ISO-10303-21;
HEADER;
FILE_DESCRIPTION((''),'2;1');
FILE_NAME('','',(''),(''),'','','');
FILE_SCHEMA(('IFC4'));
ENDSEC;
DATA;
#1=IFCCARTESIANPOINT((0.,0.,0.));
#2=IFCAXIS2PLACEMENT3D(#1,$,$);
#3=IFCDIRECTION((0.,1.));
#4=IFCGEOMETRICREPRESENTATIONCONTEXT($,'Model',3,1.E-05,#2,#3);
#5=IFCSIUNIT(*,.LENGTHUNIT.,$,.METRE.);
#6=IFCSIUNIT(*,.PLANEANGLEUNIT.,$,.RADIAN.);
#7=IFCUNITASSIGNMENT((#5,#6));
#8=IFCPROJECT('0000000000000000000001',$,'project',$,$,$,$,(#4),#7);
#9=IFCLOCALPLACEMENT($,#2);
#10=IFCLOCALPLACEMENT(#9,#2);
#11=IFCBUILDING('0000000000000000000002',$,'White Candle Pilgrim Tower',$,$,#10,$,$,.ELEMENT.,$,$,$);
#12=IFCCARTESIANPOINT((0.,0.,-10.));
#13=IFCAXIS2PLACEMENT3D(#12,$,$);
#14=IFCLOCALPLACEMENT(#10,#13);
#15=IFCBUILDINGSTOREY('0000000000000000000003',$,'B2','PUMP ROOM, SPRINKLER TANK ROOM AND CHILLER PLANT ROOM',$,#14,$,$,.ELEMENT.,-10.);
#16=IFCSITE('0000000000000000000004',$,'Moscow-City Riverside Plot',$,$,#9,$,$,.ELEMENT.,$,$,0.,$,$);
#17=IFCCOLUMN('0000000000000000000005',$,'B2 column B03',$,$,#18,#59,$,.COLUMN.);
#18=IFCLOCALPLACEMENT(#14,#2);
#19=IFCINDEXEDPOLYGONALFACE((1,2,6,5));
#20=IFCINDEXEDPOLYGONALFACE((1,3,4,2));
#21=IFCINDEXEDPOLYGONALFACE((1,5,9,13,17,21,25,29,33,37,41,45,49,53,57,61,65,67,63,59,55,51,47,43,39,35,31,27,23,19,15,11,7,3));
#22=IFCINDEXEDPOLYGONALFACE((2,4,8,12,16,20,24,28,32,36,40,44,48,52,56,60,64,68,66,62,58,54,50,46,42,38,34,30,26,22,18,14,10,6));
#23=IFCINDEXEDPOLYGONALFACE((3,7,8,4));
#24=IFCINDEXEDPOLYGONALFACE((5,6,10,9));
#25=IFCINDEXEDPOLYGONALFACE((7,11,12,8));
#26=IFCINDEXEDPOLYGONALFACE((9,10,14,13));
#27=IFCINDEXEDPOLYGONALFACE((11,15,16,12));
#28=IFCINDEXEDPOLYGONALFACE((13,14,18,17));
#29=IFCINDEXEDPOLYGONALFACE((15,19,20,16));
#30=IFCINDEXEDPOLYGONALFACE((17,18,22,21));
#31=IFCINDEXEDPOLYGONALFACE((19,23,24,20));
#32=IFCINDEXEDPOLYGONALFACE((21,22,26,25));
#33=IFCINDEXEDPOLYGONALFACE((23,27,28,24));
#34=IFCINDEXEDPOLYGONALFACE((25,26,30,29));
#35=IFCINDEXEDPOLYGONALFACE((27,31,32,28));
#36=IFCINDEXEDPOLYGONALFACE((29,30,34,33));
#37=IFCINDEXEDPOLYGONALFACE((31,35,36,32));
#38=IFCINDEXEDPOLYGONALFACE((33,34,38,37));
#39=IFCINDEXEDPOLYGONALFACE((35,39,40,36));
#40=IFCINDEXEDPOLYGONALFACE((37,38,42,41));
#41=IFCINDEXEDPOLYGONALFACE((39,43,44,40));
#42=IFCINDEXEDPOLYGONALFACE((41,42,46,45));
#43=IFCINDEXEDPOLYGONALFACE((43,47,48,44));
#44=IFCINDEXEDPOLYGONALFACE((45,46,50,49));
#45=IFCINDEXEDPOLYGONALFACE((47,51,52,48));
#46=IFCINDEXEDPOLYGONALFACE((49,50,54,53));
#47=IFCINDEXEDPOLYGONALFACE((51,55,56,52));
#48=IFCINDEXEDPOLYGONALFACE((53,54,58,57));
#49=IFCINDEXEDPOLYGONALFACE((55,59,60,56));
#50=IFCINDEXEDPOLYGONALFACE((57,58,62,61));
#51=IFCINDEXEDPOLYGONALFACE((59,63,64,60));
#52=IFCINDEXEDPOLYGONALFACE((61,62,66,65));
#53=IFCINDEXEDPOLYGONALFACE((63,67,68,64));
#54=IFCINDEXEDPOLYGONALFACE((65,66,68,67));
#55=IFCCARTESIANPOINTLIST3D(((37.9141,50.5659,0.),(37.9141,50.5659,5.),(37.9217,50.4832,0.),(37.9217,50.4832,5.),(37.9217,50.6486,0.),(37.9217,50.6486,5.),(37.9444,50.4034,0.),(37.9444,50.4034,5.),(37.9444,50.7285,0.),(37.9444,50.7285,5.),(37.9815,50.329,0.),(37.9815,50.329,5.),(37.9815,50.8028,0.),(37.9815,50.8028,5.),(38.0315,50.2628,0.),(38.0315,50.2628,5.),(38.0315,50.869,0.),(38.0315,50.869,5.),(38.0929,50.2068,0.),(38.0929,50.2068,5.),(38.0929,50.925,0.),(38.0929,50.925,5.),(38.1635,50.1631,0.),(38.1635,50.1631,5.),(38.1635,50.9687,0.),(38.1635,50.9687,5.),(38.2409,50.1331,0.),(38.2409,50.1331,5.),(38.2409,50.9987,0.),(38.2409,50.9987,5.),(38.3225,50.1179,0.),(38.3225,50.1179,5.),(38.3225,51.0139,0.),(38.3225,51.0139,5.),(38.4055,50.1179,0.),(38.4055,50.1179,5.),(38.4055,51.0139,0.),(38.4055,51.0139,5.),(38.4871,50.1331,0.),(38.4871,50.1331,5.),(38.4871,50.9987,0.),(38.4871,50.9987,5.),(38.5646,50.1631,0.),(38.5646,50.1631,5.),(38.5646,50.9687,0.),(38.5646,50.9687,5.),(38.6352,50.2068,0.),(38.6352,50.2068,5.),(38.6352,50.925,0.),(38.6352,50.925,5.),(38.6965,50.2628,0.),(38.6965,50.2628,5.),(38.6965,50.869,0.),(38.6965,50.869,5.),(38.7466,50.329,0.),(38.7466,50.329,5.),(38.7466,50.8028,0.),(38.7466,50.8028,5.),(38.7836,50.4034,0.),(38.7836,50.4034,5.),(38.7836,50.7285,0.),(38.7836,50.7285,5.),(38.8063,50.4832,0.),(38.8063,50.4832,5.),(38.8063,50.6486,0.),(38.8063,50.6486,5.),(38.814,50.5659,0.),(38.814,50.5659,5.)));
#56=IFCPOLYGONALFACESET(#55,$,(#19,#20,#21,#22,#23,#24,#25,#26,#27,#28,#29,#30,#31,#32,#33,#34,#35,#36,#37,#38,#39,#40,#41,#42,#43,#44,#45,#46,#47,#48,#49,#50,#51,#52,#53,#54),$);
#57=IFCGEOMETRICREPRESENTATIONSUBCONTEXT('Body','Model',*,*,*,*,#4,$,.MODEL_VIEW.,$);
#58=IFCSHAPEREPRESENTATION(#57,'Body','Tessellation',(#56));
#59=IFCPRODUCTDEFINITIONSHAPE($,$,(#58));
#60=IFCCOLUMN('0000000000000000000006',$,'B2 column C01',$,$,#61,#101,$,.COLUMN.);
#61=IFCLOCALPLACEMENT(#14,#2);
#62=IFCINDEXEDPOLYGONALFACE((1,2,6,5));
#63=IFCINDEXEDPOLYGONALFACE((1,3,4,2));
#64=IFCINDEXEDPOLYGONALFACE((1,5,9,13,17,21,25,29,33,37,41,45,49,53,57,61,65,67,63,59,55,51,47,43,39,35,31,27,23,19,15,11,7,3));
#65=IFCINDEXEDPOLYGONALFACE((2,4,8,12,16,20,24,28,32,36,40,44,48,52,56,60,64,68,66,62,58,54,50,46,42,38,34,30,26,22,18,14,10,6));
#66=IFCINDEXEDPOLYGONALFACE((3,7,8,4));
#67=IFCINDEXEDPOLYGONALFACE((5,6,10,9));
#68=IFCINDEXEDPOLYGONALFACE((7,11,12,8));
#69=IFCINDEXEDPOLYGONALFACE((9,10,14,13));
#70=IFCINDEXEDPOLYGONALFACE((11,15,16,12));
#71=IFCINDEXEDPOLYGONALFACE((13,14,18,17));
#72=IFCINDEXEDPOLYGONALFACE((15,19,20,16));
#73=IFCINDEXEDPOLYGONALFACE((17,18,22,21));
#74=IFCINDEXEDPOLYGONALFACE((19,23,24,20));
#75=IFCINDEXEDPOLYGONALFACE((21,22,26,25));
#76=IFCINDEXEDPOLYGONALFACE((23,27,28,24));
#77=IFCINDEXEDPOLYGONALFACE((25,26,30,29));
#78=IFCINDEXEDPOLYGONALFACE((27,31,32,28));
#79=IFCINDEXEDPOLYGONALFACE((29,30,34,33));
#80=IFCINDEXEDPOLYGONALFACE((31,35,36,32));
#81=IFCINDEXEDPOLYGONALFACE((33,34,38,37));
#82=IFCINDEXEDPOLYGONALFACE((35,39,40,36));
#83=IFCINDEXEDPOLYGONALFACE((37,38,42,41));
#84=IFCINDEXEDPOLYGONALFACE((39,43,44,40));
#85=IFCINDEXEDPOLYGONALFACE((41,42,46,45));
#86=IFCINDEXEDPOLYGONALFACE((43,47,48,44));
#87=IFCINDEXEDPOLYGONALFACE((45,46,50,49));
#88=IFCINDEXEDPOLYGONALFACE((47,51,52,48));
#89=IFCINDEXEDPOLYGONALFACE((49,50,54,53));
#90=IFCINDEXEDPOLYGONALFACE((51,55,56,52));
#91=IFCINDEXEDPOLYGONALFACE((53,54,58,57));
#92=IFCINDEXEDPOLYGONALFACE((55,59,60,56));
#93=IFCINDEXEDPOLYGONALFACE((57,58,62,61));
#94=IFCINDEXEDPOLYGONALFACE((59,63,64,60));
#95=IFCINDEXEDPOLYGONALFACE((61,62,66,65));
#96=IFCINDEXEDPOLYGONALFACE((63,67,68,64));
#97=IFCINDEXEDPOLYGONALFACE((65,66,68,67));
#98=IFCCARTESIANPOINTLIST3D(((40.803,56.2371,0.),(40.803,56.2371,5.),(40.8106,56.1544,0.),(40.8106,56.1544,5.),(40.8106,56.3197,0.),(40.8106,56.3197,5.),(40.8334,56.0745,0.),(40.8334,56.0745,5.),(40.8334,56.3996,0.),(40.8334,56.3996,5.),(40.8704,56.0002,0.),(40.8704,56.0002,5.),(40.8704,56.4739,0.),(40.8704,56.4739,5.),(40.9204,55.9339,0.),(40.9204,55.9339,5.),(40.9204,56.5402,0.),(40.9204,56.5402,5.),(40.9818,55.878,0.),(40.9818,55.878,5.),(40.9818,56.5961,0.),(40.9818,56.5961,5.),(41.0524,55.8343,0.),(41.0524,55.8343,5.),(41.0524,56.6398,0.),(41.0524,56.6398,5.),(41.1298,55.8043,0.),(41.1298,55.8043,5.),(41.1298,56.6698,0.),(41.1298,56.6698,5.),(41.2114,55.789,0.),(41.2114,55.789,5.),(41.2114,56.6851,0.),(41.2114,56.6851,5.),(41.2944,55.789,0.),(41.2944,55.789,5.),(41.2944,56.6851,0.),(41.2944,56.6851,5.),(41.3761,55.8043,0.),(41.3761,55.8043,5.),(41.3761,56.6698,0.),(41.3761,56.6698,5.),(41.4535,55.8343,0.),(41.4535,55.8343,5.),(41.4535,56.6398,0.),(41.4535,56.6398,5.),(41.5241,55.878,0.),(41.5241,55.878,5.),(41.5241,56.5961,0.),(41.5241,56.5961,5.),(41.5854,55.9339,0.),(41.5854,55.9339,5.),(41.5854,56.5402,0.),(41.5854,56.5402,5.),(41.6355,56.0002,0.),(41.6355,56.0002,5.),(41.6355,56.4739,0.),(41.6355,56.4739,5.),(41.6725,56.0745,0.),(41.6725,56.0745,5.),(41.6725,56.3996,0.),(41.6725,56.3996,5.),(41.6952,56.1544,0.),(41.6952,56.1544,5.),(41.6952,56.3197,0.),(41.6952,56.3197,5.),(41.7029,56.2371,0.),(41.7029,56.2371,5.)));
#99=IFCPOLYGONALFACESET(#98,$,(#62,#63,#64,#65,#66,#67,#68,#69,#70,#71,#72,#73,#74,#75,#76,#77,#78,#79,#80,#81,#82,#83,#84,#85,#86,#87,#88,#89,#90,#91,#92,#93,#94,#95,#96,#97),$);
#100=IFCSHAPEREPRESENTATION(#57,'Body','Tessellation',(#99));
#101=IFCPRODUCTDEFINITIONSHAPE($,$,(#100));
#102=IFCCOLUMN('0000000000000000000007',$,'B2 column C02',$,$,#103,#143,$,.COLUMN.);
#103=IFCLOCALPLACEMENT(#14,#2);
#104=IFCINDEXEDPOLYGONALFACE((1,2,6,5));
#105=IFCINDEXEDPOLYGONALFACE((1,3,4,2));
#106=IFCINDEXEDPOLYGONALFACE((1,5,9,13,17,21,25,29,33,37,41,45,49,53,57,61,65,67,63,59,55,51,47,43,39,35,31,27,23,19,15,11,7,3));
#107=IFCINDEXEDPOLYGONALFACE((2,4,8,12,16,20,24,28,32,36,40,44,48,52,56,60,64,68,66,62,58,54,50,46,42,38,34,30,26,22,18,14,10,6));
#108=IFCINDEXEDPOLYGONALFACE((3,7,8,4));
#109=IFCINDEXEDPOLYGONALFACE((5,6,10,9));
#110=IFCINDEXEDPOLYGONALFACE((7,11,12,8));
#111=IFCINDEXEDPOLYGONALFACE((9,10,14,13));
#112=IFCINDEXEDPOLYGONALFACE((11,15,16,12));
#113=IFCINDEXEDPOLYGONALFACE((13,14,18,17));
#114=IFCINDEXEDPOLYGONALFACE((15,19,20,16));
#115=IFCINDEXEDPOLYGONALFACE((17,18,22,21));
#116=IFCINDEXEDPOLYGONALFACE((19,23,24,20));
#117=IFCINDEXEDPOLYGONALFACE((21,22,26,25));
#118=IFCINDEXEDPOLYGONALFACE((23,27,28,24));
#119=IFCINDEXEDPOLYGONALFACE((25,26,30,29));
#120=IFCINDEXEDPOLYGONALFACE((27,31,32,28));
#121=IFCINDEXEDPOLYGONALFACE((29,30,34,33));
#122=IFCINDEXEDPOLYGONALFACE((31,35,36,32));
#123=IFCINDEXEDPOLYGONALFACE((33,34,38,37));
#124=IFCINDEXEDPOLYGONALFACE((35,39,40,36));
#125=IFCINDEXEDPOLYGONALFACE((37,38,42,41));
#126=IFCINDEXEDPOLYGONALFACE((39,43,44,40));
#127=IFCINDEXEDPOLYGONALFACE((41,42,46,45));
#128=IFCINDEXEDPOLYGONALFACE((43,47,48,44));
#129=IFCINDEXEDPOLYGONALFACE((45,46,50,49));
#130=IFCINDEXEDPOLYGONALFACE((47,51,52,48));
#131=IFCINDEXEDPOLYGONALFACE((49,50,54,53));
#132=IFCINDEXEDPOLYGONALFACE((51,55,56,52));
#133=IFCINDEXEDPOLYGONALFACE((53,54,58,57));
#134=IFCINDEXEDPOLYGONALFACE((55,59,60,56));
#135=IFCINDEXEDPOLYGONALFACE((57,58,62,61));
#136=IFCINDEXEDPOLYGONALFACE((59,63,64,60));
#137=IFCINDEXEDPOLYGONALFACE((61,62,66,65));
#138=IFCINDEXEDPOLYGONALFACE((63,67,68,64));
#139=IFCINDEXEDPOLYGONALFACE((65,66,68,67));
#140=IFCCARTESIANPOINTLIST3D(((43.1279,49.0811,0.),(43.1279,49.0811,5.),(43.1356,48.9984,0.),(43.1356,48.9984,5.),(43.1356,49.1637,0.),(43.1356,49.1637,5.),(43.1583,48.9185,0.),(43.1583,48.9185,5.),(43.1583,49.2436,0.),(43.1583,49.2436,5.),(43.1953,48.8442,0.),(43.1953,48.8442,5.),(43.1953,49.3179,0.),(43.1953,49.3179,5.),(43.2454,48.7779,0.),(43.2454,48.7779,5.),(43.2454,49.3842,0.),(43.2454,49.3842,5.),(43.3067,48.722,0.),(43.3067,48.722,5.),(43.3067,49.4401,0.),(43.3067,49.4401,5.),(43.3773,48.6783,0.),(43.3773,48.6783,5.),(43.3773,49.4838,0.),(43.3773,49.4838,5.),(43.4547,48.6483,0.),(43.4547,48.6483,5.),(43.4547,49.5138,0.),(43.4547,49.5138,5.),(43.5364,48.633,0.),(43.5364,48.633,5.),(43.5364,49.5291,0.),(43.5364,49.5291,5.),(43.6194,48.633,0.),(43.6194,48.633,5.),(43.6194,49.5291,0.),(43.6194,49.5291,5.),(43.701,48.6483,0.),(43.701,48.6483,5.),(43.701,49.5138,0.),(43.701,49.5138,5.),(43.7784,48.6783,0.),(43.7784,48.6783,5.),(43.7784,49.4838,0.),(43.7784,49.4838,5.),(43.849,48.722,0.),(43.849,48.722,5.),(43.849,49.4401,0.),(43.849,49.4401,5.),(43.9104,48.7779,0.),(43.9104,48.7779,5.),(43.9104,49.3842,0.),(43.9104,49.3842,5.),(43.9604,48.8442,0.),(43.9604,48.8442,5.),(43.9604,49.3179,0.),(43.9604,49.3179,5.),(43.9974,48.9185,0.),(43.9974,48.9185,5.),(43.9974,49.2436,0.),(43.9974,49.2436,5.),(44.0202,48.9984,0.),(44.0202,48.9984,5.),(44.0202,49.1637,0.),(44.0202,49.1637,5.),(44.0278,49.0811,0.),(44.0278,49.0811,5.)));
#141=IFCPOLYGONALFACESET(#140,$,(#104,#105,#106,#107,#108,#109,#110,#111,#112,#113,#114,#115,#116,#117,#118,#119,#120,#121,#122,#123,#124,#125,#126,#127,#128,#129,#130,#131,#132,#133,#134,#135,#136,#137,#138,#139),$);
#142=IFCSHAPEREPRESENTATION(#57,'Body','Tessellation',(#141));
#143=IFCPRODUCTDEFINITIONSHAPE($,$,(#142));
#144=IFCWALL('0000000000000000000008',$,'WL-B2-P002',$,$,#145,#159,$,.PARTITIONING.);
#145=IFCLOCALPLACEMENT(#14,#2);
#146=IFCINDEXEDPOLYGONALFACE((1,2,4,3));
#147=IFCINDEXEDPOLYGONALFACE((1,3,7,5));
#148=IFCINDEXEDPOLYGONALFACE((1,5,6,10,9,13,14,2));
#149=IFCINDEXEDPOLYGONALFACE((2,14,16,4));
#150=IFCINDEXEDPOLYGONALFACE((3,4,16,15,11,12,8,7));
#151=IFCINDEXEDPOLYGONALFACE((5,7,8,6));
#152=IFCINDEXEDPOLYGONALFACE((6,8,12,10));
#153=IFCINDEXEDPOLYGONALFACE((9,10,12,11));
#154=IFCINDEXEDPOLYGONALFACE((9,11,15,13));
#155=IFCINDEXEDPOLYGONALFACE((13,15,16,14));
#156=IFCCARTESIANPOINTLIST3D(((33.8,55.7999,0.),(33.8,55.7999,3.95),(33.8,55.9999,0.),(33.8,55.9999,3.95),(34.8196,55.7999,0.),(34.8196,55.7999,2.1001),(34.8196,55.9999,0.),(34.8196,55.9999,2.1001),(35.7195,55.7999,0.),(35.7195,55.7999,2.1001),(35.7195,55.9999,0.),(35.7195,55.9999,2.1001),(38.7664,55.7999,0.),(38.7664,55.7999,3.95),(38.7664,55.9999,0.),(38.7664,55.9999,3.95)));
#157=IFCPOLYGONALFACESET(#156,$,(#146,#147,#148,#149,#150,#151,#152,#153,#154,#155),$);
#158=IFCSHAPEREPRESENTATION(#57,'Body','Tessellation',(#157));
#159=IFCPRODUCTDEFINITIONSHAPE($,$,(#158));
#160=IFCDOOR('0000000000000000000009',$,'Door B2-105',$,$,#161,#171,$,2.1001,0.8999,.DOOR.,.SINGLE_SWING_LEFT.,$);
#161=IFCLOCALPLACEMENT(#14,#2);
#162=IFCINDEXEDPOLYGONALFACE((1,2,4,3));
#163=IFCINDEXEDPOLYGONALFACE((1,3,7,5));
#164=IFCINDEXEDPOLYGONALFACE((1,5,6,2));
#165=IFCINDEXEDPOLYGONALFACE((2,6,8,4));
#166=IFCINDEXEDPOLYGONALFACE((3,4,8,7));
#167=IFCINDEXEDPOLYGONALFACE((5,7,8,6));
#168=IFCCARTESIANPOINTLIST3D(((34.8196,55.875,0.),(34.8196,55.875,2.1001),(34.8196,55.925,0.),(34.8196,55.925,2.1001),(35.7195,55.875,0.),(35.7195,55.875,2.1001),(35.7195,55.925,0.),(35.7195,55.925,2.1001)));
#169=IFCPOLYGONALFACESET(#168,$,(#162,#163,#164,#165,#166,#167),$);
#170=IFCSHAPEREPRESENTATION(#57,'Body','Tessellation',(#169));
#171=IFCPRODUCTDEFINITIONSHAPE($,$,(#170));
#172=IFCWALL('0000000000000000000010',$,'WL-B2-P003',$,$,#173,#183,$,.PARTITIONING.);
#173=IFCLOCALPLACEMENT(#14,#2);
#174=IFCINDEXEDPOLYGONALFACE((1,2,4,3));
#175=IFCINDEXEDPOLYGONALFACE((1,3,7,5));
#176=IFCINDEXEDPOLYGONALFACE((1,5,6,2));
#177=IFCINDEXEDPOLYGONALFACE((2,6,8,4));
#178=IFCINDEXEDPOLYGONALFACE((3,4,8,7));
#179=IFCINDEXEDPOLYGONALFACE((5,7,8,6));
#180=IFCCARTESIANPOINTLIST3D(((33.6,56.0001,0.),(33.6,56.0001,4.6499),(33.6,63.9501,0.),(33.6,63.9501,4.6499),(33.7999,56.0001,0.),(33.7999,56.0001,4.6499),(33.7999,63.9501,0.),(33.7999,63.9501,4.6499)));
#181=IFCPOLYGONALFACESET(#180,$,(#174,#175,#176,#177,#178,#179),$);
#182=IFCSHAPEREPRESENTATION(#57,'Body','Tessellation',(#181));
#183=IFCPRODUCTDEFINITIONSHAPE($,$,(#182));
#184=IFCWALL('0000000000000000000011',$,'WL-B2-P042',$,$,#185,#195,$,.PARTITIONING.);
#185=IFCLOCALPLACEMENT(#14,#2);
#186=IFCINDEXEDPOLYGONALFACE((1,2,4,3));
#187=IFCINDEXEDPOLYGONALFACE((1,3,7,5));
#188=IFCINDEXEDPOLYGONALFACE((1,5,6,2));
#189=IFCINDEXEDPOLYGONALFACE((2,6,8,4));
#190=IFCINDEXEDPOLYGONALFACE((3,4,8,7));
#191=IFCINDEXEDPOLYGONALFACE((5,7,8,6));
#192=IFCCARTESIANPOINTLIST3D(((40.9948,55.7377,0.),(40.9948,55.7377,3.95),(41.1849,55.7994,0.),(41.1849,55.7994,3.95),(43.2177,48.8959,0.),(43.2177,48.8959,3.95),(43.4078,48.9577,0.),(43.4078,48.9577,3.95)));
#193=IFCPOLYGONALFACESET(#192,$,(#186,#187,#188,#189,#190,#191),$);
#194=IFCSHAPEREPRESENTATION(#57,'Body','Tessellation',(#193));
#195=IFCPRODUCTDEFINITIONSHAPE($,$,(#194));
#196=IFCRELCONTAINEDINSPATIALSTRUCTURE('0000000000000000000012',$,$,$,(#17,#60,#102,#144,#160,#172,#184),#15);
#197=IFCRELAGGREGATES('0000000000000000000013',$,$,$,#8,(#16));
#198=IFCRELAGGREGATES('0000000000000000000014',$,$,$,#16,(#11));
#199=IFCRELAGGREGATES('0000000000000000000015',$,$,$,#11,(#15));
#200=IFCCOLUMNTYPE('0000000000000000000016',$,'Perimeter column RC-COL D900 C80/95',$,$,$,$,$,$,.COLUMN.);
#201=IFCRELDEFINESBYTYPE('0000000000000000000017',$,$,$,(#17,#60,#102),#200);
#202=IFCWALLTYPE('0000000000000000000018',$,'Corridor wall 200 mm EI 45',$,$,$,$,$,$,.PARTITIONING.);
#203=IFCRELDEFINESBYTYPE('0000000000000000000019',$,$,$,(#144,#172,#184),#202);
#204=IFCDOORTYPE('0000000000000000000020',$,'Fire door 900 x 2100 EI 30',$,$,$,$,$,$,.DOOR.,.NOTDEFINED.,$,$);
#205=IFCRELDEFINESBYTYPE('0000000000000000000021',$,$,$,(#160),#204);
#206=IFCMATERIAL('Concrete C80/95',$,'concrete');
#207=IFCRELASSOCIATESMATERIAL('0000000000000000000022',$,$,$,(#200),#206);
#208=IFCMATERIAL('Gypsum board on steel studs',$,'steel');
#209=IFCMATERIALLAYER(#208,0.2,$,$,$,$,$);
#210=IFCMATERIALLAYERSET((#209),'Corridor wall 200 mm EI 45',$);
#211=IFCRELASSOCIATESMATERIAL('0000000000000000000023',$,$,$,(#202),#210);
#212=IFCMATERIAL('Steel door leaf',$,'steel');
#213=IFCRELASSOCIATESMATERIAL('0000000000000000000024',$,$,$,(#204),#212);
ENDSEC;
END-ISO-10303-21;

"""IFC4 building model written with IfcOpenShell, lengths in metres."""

from ifc_helpers import new_model, si_unit, direction, frame, frame_2d, origin, origin_2d, place, context, subcontext, project, spatial, rectangle, circle, extrude, material, layer, layer_set, material_profile, profile_set, type_object, element, fill, save


model = new_model("IFC4")

# Units and contexts
model_context = context("Model", 3, precision=1e-05, world=origin(), true_north=direction((0.0, 1.0)))
body_context = subcontext(model_context, "Body", "Model", "MODEL_VIEW")
ifc_project = project(units=[si_unit("LENGTHUNIT", "METRE"), si_unit("PLANEANGLEUNIT", "RADIAN")], contexts=[model_context])

# Site, building, storey
site_placement = place(None, origin())
site = spatial("IfcSite", under=ifc_project, at=site_placement, Name="Moscow-City Riverside Plot", CompositionType="ELEMENT", RefElevation=0.0)
building_placement = place(site_placement, origin())
building = spatial("IfcBuilding", under=site, at=building_placement, Name="White Candle Pilgrim Tower", CompositionType="ELEMENT")
storey_placement = place(building_placement, frame((0.0, 0.0, -10.0)))
storey = spatial("IfcBuildingStorey", under=building, at=storey_placement, Name="B2", Description="PUMP ROOM, SPRINKLER TANK ROOM AND CHILLER PLANT ROOM", CompositionType="ELEMENT", Elevation=-10.0)

# Columns
ifc_material_1 = material(Name="Concrete C80/95", Category="concrete")
ifc_material_profile_1 = material_profile(ifc_material_1, circle(Radius=0.45, at=origin_2d()), Name="RC-COL D900")
ifc_profile_set_1 = profile_set([ifc_material_profile_1], Name="Concrete C80/95")
column_type_1 = type_object("IfcColumnType", Name="Perimeter column RC-COL D900 C80/95", PredefinedType="COLUMN", material=ifc_profile_set_1)
for number, where, z_axis, x_axis, name in (
    (1, (38.364, 50.5659, 0.0), (0.0, 0.0, 1.0), (1.0, 0.0, 0.0), "B2 column B03"),
    (2, (41.2529, 56.2371, 0.0), (0.0, 0.0, 1.0), (1.0, 0.0, 0.0), "B2 column C01"),
    (3, (43.5779, 49.0811, 0.0), (0.0, 0.0, 1.0), (1.0, 0.0, 0.0), "B2 column C02"),
):
    element("IfcColumn", number, at=place(storey_placement, frame(where, z_axis=z_axis, x_axis=x_axis)), inside=storey, type_object=column_type_1, Name=name, PredefinedType="COLUMN", context=body_context, shape_type="SweptSolid", body=[
        extrude(circle(Radius=0.45, at=origin_2d()), origin(), (0.0, 0.0, 1.0), 5.0),
    ])

# Wall, opening, door
ifc_material_2 = material(Name="Gypsum board on steel studs", Category="steel")
ifc_layer_1 = layer(ifc_material_2, 0.2)
ifc_layer_set_1 = layer_set([ifc_layer_1], Name="Corridor wall 200 mm EI 45")
wall_type_1 = type_object("IfcWallType", Name="Corridor wall 200 mm EI 45", PredefinedType="PARTITIONING", material=ifc_layer_set_1)
wall_1_placement = place(storey_placement, frame((38.7664, 55.8999, 0.0), z_axis=(0.0, 0.0, 1.0), x_axis=(-1.0, 0.0, 0.0)))
wall_1 = element("IfcWall", 4, at=wall_1_placement, inside=storey, type_object=wall_type_1, Name="WL-B2-P002", PredefinedType="PARTITIONING", context=body_context, shape_type="SweptSolid", body=[
    extrude(rectangle(XDim=4.9663, YDim=0.2, at=frame_2d((2.4832, 0.0))), origin(), (0.0, 0.0, 1.0), 3.95),
])
opening_1_placement = place(wall_1_placement, frame((3.0469, 0.0, 0.0)))
opening_1 = element("IfcOpeningElement", 5, at=opening_1_placement, cuts=wall_1, PredefinedType="OPENING", context=body_context, shape_type="SweptSolid", body=[
    extrude(rectangle(XDim=0.8999, YDim=2.1001, at=frame_2d((0.45, 1.05))), frame((0.0, 0.1099, 0.0), z_axis=(0.0, -1.0, 0.0), x_axis=(1.0, 0.0, 0.0)), (0.0, 0.0, 1.0), 0.22),
])
ifc_material_3 = material(Name="Steel door leaf", Category="steel")
door_type = type_object("IfcDoorType", Name="Fire door 900 x 2100 EI 30", OperationType="NOTDEFINED", PredefinedType="DOOR", material=ifc_material_3)
door_1_placement = place(opening_1_placement, origin())
door_1 = element("IfcDoor", 6, at=door_1_placement, inside=storey, type_object=door_type, Name="Door B2-105", OperationType="SINGLE_SWING_LEFT", OverallHeight=2.1001, OverallWidth=0.8999, PredefinedType="DOOR", context=body_context, shape_type="SweptSolid", body=[
    extrude(rectangle(XDim=0.8999, YDim=2.1001, at=frame_2d((0.45, 1.05))), frame((0.0, 0.0249, 0.0), z_axis=(0.0, -1.0, 0.0), x_axis=(1.0, 0.0, 0.0)), (0.0, 0.0, 1.0), 0.05),
])
fill(opening_1, door_1)

# Walls
wall_2_placement = place(storey_placement, frame((33.7, 56.0, 0.0), z_axis=(0.0, 0.0, 1.0), x_axis=(0.0, 1.0, 0.0)))
element("IfcWall", 7, at=wall_2_placement, inside=storey, type_object=wall_type_1, Name="WL-B2-P003", PredefinedType="PARTITIONING", context=body_context, shape_type="SweptSolid", body=[
    extrude(rectangle(XDim=7.95, YDim=0.2, at=frame_2d((3.9751, 0.0))), origin(), (0.0, 0.0, 1.0), 4.6499),
])
wall_3_placement = place(storey_placement, frame((41.0898, 55.7686, 0.0), z_axis=(0.0, 0.0, 1.0), x_axis=(0.309, -0.951062, 0.0)))
element("IfcWall", 8, at=wall_3_placement, inside=storey, type_object=wall_type_1, Name="WL-B2-P042", PredefinedType="PARTITIONING", context=body_context, shape_type="SweptSolid", body=[
    extrude(rectangle(XDim=7.1938, YDim=0.2, at=frame_2d((3.5969, 0.0))), origin(), (0.0, 0.0, 1.0), 3.95),
])

save(model, "model.ifc")
